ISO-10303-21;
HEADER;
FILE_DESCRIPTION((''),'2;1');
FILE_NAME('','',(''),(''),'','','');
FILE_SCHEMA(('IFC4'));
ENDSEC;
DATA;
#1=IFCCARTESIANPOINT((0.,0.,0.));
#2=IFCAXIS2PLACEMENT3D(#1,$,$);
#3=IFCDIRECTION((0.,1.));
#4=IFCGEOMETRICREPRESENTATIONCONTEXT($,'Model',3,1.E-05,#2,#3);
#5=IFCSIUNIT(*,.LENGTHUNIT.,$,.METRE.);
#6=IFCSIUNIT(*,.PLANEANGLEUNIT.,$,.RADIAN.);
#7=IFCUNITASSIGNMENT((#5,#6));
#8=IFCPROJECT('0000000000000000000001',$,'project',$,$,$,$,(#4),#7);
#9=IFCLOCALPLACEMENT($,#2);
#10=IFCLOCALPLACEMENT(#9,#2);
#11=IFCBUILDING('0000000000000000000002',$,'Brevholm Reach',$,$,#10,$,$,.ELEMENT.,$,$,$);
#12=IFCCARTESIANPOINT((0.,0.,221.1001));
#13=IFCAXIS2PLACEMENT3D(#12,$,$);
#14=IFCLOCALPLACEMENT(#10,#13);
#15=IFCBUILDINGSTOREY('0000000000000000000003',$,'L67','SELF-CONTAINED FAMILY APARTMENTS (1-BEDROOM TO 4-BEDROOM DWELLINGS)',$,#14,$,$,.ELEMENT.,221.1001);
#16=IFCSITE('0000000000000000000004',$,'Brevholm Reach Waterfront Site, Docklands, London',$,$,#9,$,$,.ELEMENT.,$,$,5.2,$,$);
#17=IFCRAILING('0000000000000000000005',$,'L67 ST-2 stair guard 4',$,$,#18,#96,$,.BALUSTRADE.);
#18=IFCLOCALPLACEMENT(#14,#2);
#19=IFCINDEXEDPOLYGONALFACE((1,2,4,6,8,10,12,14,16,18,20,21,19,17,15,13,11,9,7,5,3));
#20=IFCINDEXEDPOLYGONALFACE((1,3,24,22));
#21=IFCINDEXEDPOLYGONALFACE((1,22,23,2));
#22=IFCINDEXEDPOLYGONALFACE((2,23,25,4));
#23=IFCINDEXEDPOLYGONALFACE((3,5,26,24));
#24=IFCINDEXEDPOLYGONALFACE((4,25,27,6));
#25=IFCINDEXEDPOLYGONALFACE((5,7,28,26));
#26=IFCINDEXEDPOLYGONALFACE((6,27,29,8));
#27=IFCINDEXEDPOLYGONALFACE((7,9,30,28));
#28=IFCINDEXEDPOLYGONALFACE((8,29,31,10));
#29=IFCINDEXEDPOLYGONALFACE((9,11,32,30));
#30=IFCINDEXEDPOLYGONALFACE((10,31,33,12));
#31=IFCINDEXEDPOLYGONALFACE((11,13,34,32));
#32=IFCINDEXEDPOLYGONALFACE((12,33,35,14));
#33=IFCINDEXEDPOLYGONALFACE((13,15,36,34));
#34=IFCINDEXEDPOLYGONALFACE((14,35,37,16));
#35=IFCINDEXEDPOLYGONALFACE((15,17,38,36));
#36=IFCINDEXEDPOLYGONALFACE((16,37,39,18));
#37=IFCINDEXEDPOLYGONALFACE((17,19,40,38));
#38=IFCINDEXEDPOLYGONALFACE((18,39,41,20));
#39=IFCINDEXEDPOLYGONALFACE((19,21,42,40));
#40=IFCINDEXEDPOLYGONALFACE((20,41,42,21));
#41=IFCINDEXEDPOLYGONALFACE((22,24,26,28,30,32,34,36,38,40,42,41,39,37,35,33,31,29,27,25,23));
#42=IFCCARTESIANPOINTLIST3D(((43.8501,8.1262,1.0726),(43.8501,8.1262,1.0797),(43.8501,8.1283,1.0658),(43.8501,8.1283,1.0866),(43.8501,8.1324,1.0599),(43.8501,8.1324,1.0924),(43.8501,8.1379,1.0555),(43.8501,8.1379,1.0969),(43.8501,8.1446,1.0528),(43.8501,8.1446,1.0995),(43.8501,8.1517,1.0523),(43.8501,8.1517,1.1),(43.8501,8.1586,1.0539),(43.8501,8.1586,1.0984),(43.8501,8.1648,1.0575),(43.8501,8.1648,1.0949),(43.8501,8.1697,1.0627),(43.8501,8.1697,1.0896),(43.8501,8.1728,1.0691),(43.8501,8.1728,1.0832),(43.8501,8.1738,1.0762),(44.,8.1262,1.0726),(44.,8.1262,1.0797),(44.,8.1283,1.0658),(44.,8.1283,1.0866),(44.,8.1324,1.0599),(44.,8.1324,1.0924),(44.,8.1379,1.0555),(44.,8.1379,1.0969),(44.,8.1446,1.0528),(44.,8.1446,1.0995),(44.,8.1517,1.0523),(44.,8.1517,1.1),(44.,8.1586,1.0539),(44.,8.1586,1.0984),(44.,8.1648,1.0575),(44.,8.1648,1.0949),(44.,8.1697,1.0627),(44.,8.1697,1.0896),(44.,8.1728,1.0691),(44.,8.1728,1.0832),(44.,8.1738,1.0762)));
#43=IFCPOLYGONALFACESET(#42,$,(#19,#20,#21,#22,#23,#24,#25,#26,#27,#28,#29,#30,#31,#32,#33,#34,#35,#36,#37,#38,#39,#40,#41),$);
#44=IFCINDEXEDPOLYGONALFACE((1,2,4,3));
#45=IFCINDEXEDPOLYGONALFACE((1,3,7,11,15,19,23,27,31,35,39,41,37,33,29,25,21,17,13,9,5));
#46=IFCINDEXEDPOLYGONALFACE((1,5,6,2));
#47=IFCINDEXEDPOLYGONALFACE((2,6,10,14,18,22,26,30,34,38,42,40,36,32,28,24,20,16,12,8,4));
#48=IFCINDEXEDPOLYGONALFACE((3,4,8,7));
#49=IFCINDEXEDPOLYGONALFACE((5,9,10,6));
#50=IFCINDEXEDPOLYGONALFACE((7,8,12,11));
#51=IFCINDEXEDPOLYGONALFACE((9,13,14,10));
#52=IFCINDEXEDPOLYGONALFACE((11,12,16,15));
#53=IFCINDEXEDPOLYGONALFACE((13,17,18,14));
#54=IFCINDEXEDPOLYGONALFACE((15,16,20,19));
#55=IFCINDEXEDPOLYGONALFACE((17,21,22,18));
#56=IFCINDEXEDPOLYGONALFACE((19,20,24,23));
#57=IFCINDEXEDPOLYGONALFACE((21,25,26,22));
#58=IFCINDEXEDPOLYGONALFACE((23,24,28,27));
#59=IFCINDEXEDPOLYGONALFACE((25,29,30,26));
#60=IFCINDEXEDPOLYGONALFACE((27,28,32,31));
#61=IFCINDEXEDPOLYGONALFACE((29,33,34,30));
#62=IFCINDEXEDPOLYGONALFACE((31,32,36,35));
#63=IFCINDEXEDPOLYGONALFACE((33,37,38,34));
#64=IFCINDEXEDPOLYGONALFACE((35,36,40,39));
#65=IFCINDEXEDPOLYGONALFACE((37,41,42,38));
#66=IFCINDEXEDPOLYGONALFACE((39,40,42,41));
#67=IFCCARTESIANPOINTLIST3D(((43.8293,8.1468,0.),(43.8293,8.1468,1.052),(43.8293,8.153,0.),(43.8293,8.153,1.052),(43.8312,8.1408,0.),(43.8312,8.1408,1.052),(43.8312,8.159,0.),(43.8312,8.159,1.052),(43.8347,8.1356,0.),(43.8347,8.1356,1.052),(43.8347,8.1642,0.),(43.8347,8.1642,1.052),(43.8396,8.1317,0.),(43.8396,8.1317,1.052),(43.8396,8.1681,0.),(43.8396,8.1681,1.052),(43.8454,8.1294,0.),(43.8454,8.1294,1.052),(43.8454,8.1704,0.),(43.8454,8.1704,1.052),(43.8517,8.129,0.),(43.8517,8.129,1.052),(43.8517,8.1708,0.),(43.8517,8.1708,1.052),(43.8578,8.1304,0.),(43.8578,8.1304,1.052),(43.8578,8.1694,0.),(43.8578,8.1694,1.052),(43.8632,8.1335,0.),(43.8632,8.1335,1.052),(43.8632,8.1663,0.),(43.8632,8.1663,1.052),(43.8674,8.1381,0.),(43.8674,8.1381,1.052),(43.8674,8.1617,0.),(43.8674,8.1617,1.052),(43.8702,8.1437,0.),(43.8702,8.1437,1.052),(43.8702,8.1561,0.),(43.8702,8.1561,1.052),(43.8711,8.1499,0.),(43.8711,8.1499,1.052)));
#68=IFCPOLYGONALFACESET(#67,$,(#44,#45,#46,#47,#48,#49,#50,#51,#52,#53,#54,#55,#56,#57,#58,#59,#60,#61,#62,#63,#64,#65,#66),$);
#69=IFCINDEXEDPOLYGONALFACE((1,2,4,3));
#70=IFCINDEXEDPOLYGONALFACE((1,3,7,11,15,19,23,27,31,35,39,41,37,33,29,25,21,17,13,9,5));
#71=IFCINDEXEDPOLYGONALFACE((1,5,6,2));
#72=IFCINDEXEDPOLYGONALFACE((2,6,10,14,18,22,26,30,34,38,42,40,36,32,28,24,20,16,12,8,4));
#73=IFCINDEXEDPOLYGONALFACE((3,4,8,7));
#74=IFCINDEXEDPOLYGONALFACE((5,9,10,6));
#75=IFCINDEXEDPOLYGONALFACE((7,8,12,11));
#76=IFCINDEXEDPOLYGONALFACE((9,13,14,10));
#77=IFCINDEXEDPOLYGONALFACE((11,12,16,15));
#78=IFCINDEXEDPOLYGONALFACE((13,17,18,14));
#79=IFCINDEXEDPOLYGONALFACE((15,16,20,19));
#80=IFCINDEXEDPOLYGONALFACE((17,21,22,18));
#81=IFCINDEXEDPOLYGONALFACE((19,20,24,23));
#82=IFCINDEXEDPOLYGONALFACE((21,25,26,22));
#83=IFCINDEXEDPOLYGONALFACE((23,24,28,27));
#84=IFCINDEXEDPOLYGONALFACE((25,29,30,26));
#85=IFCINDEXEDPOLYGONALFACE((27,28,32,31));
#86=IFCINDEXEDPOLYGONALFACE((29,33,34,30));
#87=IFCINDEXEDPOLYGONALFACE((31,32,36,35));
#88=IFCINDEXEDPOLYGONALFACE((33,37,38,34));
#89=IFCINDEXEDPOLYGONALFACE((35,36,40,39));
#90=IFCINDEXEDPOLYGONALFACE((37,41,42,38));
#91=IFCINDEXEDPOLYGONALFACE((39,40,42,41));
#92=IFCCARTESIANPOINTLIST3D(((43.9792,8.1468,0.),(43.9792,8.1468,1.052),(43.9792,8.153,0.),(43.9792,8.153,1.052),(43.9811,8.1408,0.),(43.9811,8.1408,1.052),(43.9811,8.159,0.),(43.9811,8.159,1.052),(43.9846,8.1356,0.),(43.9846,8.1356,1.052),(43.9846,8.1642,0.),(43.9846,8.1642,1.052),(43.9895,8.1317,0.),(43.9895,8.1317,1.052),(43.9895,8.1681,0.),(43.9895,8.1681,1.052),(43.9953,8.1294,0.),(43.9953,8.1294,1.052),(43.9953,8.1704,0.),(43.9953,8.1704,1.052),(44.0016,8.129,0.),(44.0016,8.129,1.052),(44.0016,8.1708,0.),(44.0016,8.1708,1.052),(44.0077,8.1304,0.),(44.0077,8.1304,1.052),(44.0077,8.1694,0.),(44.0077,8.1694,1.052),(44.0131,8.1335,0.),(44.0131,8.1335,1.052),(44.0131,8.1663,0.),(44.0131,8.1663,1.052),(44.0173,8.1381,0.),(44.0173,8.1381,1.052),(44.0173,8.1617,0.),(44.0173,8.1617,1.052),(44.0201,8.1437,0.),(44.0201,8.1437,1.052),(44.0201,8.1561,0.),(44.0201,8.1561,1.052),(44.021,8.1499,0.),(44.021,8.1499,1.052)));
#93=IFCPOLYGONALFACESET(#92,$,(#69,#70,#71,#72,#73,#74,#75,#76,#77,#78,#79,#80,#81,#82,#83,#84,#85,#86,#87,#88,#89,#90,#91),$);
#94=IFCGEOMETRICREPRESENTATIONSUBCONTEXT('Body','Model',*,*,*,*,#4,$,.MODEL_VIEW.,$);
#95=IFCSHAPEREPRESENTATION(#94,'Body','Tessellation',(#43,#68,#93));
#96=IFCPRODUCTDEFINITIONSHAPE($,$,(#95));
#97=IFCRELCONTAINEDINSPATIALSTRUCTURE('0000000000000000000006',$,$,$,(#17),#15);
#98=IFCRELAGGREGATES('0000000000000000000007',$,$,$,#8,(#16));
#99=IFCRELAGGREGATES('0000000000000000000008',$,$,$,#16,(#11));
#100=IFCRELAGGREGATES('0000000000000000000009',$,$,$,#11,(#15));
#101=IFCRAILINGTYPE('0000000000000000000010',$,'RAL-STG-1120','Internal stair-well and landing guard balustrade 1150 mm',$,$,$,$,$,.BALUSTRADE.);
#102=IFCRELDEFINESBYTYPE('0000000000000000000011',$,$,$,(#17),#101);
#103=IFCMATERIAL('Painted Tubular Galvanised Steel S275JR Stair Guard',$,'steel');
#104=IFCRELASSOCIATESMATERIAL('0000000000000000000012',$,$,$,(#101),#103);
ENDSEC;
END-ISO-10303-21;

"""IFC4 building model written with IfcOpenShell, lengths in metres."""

from ifc_helpers import new_model, si_unit, direction, frame, origin, origin_2d, place, context, subcontext, project, spatial, circle, extrude, material, type_object, element, save


model = new_model("IFC4")

# Units and contexts
model_context = context("Model", 3, precision=1e-05, world=origin(), true_north=direction((0.0, 1.0)))
body_context = subcontext(model_context, "Body", "Model", "MODEL_VIEW")
ifc_project = project(units=[si_unit("LENGTHUNIT", "METRE"), si_unit("PLANEANGLEUNIT", "RADIAN")], contexts=[model_context])

# Site, building, storey
site_placement = place(None, origin())
site = spatial("IfcSite", under=ifc_project, at=site_placement, Name="Brevholm Reach Waterfront Site, Docklands, London", CompositionType="ELEMENT", RefElevation=5.2)
building_placement = place(site_placement, origin())
building = spatial("IfcBuilding", under=site, at=building_placement, Name="Brevholm Reach", CompositionType="ELEMENT")
storey_placement = place(building_placement, frame((0.0, 0.0, 221.1001)))
storey = spatial("IfcBuildingStorey", under=building, at=storey_placement, Name="L67", Description="SELF-CONTAINED FAMILY APARTMENTS (1-BEDROOM TO 4-BEDROOM DWELLINGS)", CompositionType="ELEMENT", Elevation=221.1001)

# Railing
ifc_material_1 = material(Name="Painted Tubular Galvanised Steel S275JR Stair Guard", Category="steel")
railing_type_1 = type_object("IfcRailingType", Name="RAL-STG-1120", Description="Internal stair-well and landing guard balustrade 1150 mm", PredefinedType="BALUSTRADE", material=ifc_material_1)
railing_1_placement = place(storey_placement, frame((43.8501, 8.1499, 0.0)))
element("IfcRailing", 1, at=railing_1_placement, inside=storey, type_object=railing_type_1, Name="L67 ST-2 stair guard 4", PredefinedType="BALUSTRADE", context=body_context, shape_type="SweptSolid", body=[
    extrude(circle(Radius=0.0239, at=origin_2d()), frame((0.0, 0.0, 1.0762), z_axis=(1.0, 0.0, 0.0), x_axis=(0.0, 1.0, 0.0)), (0.0, 0.0, 1.0), 0.1499),
    extrude(circle(Radius=0.021, at=origin_2d()), origin(), (0.0, 0.0, 1.0), 1.052),
    extrude(circle(Radius=0.021, at=origin_2d()), frame((0.1499, 0.0, 0.0)), (0.0, 0.0, 1.0), 1.052),
])

save(model, "model.ifc")
